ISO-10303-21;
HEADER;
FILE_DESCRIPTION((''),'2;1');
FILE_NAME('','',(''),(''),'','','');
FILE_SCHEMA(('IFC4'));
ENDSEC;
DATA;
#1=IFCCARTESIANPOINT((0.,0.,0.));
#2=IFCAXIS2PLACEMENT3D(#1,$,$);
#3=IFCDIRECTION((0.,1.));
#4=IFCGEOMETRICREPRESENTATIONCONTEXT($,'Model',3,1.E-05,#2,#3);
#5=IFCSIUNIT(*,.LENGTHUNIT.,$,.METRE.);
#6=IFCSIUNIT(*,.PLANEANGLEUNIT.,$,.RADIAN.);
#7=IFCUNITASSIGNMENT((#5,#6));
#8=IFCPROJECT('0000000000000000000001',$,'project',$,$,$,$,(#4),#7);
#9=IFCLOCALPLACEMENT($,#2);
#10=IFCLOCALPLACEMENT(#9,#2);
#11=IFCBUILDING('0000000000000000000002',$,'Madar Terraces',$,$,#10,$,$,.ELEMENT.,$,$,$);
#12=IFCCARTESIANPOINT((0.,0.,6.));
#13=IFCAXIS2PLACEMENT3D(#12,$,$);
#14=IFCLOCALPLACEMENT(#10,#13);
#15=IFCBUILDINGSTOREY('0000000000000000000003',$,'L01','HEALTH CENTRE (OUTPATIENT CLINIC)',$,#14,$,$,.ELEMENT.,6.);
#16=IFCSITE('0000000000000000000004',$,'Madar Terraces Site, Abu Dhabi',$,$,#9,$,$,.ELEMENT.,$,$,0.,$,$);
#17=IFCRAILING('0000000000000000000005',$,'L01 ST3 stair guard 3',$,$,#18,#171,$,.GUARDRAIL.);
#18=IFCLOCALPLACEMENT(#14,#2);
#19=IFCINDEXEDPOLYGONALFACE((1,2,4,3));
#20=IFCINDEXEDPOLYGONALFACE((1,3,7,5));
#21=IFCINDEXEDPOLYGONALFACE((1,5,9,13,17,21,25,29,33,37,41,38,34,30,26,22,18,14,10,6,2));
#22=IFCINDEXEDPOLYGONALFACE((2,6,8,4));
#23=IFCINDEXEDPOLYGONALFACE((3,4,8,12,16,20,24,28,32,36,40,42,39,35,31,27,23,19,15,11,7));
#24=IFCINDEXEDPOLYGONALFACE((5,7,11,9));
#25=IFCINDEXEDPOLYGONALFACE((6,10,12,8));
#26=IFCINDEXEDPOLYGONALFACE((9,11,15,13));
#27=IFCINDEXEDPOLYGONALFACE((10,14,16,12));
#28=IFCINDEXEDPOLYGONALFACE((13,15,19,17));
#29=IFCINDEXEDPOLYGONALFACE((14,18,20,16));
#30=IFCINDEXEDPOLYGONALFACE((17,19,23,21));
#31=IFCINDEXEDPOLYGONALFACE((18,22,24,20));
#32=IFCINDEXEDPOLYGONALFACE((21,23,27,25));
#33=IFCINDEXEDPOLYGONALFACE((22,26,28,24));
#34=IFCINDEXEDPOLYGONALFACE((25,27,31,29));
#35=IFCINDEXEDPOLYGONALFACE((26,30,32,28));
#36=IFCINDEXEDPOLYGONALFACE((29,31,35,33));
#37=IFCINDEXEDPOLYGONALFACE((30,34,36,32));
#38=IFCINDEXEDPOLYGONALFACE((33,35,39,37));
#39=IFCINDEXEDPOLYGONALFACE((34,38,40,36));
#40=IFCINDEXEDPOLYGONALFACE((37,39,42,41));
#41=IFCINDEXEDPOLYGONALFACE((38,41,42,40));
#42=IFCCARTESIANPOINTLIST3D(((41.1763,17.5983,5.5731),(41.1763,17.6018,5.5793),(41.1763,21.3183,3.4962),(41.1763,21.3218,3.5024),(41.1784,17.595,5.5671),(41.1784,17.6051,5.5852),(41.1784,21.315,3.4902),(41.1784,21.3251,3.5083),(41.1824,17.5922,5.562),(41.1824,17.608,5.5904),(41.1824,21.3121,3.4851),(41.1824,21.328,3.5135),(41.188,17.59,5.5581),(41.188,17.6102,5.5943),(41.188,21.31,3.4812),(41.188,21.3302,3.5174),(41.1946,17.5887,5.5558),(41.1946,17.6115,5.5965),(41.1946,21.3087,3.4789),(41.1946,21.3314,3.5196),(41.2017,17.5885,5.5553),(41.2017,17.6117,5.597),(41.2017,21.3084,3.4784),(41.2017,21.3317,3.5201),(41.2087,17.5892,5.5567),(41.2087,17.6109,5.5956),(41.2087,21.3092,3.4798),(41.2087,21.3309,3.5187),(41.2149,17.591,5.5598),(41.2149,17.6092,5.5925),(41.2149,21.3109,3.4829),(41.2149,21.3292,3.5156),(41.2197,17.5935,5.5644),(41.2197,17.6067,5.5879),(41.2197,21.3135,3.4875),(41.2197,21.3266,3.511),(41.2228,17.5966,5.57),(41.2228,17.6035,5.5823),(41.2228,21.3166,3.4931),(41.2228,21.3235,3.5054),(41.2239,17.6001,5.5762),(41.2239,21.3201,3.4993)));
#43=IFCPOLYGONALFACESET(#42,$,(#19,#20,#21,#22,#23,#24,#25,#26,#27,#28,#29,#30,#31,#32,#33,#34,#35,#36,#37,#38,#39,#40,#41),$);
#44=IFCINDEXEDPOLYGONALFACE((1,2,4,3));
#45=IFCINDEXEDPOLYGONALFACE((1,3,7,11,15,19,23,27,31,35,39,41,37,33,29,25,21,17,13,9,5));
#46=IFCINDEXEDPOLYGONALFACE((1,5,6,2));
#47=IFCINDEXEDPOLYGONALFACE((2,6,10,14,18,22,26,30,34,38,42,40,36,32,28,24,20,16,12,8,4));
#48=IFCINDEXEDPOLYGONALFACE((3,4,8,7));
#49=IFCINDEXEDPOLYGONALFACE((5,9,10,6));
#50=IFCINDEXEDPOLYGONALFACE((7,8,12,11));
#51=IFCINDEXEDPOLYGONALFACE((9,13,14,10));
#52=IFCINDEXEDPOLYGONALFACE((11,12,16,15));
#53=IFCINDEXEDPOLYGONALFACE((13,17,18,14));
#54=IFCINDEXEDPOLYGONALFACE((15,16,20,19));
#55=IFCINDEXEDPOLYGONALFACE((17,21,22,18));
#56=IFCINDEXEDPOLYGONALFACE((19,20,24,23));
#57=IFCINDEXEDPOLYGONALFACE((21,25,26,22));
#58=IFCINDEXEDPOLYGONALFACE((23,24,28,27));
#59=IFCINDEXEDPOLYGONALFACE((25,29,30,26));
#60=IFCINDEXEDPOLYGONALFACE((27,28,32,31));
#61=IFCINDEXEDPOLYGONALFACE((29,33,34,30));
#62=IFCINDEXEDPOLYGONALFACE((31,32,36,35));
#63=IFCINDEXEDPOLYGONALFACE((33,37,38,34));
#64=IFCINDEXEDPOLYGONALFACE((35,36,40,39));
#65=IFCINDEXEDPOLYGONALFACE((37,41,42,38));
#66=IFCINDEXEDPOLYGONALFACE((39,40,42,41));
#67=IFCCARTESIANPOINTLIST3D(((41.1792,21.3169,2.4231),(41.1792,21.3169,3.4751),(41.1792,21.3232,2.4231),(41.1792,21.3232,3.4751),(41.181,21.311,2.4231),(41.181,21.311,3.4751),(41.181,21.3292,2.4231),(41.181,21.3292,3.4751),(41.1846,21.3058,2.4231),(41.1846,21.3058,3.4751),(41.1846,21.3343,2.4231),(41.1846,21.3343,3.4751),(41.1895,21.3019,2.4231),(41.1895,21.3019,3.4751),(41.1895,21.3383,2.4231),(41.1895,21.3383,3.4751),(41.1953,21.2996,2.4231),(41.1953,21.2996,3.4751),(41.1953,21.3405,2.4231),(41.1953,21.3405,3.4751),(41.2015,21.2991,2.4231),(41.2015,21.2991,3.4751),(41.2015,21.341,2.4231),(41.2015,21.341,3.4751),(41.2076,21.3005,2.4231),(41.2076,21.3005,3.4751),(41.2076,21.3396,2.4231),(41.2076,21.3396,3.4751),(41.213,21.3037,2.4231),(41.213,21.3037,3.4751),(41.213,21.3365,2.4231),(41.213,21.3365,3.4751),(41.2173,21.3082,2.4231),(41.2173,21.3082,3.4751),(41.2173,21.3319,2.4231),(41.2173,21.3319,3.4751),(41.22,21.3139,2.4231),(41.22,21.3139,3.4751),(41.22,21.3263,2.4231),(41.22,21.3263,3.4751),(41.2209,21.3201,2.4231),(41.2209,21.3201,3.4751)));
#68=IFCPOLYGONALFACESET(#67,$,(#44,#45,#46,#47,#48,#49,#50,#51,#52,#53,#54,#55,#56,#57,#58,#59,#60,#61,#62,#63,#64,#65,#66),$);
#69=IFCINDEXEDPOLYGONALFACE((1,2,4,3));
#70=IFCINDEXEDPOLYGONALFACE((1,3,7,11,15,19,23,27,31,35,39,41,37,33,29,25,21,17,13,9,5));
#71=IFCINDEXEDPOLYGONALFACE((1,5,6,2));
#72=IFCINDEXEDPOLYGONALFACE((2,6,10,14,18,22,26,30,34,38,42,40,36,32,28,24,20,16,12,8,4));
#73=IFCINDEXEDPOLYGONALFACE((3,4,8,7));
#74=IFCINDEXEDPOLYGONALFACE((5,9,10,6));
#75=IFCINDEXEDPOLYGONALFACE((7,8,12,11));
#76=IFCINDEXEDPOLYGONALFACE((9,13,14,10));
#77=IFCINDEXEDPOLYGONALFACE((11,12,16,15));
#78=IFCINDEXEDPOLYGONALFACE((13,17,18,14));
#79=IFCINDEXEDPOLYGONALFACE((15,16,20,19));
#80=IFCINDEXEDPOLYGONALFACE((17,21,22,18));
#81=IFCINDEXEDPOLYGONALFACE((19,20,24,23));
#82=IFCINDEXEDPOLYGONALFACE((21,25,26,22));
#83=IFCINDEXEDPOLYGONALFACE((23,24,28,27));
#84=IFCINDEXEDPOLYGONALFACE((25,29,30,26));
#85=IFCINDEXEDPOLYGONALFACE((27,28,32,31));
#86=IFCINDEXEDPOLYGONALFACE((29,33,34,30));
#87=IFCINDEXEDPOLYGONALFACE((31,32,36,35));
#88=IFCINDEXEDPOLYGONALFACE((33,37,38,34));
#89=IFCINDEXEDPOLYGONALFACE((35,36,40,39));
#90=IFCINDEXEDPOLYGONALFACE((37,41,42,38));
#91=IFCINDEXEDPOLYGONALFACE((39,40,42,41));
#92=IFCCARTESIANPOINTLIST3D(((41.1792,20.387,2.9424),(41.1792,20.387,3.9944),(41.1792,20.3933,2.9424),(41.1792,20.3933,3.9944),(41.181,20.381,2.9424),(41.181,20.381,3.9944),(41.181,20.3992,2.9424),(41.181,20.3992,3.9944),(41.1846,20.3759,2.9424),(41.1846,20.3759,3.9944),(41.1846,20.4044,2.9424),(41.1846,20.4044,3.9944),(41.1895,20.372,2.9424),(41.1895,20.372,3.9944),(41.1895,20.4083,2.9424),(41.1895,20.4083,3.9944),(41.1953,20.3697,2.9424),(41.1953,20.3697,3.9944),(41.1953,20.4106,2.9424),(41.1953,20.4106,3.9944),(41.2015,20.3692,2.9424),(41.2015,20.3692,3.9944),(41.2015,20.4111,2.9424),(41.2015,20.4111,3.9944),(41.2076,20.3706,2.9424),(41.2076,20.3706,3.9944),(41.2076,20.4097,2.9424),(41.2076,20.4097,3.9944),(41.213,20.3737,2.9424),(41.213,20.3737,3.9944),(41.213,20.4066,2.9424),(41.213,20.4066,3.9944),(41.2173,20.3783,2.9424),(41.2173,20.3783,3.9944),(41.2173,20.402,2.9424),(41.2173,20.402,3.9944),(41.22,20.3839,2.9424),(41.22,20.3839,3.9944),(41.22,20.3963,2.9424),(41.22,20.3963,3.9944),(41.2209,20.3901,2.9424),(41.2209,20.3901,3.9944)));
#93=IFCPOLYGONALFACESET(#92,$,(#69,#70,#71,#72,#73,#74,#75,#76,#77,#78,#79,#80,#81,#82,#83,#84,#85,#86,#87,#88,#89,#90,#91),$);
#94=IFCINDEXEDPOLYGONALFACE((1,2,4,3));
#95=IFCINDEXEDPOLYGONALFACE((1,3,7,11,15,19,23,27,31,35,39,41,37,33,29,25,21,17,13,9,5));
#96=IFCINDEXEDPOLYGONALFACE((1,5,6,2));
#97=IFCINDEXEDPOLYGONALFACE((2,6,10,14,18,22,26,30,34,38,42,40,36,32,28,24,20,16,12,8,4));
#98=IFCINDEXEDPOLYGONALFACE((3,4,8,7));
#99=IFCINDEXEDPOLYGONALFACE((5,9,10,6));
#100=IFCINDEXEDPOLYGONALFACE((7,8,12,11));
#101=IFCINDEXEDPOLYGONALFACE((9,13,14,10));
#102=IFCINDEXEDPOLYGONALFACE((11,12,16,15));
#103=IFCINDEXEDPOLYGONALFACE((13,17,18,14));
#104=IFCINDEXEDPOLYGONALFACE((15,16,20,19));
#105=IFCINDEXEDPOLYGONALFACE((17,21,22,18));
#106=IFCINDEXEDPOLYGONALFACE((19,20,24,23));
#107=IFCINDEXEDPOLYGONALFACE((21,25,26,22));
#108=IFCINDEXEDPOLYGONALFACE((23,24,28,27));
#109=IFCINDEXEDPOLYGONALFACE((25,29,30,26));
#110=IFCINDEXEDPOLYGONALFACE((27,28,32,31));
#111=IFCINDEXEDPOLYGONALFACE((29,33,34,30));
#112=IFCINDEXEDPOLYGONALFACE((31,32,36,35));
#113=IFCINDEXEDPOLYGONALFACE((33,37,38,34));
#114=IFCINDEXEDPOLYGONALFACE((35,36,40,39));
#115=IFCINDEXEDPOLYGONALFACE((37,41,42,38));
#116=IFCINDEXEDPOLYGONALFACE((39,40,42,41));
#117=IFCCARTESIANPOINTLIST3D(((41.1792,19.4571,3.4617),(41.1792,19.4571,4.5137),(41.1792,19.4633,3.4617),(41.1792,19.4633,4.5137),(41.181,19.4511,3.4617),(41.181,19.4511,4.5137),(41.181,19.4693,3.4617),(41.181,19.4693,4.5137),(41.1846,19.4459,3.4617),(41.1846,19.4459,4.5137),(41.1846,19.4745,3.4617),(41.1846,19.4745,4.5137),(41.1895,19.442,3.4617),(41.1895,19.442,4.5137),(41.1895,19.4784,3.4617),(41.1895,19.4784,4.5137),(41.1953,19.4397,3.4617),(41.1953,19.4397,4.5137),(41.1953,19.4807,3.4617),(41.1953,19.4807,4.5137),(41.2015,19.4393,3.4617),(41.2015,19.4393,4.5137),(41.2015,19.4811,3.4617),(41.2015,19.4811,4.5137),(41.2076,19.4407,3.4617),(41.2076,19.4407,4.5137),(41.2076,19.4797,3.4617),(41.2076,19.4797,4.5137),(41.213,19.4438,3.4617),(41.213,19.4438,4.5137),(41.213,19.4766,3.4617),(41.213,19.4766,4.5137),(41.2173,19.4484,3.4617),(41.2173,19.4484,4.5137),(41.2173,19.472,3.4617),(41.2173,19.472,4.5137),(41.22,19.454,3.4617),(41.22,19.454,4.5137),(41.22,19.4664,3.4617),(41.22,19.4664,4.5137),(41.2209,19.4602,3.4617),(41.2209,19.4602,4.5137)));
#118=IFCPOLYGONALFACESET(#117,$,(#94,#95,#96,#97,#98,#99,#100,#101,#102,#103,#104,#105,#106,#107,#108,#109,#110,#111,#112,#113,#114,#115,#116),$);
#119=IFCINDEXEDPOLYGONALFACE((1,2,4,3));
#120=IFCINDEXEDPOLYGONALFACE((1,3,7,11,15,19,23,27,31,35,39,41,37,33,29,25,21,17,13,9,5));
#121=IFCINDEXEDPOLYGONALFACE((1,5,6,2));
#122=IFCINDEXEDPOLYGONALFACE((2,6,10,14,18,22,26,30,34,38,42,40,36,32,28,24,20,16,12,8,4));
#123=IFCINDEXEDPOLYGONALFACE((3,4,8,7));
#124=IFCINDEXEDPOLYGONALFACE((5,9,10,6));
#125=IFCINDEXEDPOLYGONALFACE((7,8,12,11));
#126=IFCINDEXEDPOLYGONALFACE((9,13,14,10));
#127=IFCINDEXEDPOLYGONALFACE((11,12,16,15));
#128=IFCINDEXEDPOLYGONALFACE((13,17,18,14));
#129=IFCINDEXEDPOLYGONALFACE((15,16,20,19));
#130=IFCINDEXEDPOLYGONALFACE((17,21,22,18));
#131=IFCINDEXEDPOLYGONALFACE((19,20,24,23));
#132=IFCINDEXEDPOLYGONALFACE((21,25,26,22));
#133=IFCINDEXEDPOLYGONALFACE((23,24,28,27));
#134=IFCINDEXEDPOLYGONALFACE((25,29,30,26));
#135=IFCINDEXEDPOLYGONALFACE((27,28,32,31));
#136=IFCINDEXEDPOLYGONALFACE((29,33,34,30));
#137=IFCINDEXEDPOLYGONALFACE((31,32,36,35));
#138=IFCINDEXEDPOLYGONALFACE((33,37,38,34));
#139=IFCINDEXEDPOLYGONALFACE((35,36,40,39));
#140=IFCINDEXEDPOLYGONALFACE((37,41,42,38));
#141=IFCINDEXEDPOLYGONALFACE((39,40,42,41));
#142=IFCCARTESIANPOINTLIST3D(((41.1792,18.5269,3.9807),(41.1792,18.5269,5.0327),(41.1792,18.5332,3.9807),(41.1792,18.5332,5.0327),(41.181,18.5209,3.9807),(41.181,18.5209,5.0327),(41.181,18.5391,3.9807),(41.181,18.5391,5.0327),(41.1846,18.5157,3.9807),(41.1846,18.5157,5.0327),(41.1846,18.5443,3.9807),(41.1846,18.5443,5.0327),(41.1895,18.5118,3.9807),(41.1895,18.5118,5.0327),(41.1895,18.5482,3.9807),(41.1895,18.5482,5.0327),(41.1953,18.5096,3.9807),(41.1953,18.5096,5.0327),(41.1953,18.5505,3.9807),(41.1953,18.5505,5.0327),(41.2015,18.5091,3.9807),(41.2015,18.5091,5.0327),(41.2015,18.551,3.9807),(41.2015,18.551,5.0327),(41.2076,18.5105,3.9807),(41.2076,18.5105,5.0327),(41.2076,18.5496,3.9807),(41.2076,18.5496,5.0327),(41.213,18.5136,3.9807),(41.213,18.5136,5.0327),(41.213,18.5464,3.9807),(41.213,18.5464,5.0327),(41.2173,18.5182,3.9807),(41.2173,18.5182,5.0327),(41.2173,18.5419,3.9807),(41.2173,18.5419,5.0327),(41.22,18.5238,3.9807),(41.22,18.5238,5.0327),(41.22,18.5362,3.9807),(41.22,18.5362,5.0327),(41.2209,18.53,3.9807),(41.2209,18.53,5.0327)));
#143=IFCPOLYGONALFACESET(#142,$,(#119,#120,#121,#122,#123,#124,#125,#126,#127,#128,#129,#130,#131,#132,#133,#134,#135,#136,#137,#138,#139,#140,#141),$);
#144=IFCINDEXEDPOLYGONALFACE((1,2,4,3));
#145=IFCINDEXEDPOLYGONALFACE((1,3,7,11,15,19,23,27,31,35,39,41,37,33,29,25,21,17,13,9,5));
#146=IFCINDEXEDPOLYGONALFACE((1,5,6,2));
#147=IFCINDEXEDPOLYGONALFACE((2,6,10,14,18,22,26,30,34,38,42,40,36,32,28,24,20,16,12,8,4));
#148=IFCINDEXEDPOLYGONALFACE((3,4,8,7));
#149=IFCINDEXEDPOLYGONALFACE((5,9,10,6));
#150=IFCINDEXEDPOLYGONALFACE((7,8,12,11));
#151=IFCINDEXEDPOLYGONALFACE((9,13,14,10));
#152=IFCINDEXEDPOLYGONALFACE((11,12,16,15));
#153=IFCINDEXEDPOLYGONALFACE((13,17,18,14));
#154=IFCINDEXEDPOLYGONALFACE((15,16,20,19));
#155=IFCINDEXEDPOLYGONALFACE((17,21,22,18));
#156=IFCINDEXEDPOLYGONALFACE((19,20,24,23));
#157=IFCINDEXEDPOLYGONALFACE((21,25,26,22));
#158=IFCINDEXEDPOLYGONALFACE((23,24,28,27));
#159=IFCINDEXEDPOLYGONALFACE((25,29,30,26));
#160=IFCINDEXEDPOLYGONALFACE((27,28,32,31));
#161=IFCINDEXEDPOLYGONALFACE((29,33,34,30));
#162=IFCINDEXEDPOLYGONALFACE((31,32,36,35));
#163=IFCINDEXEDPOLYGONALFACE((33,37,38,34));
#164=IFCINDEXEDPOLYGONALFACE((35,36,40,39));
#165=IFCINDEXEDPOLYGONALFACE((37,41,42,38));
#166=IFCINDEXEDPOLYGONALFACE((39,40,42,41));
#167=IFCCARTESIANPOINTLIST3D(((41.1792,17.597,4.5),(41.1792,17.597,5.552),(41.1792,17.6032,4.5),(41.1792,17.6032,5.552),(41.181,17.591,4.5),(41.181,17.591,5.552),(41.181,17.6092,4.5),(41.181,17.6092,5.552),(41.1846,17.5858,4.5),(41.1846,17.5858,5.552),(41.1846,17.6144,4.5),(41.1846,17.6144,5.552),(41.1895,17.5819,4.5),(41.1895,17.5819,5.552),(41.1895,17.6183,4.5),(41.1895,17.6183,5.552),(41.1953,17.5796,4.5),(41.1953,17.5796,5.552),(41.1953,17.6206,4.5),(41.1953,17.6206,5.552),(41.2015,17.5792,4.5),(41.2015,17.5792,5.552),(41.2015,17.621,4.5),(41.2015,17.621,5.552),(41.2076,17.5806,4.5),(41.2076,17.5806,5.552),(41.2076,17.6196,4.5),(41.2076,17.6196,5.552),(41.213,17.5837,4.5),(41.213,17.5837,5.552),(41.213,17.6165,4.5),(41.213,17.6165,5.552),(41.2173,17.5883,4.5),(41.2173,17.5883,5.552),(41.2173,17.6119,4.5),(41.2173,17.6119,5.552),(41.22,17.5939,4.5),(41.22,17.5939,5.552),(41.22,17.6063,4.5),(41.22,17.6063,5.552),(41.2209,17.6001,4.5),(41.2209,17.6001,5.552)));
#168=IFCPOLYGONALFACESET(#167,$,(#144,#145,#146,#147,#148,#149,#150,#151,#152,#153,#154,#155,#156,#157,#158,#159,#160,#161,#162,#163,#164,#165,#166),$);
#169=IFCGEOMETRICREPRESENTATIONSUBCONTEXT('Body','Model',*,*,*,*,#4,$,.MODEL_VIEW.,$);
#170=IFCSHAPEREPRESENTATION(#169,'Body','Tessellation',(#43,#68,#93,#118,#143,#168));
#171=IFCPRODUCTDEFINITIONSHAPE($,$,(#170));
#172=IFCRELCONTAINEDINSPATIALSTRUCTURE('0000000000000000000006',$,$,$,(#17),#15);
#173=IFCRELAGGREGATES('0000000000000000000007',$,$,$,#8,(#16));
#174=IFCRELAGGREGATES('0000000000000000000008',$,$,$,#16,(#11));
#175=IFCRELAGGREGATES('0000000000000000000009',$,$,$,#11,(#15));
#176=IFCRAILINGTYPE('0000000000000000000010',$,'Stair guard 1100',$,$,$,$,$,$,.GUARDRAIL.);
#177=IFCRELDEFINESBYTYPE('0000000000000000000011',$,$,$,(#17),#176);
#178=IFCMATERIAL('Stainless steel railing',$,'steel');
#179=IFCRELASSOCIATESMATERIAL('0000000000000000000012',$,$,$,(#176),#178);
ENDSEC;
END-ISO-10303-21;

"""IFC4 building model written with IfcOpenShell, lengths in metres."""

from ifc_helpers import new_model, si_unit, direction, frame, origin, origin_2d, place, context, subcontext, project, spatial, circle, extrude, material, type_object, element, save


model = new_model("IFC4")

# Units and contexts
model_context = context("Model", 3, precision=1e-05, world=origin(), true_north=direction((0.0, 1.0)))
body_context = subcontext(model_context, "Body", "Model", "MODEL_VIEW")
ifc_project = project(units=[si_unit("LENGTHUNIT", "METRE"), si_unit("PLANEANGLEUNIT", "RADIAN")], contexts=[model_context])

# Site, building, storey
site_placement = place(None, origin())
site = spatial("IfcSite", under=ifc_project, at=site_placement, Name="Madar Terraces Site, Abu Dhabi", CompositionType="ELEMENT", RefElevation=0.0)
building_placement = place(site_placement, origin())
building = spatial("IfcBuilding", under=site, at=building_placement, Name="Madar Terraces", CompositionType="ELEMENT")
storey_placement = place(building_placement, frame((0.0, 0.0, 6.0)))
storey = spatial("IfcBuildingStorey", under=building, at=storey_placement, Name="L01", Description="HEALTH CENTRE (OUTPATIENT CLINIC)", CompositionType="ELEMENT", Elevation=6.0)

# Railing
ifc_material_1 = material(Name="Stainless steel railing", Category="steel")
railing_type_1 = type_object("IfcRailingType", Name="Stair guard 1100", PredefinedType="GUARDRAIL", material=ifc_material_1)
railing_1_placement = place(storey_placement, frame((41.2, 21.3201, 2.4231)))
element("IfcRailing", 1, at=railing_1_placement, inside=storey, type_object=railing_type_1, Name="L01 ST3 stair guard 3", PredefinedType="GUARDRAIL", context=body_context, shape_type="SweptSolid", body=[
    extrude(circle(Radius=0.0239, at=origin_2d()), frame((0.0, 0.0, 1.0762), z_axis=(0.0, -0.873134, 0.487481), x_axis=(1.0, 0.0, 0.0)), (0.0, 0.0, 1.0), 4.2605),
    extrude(circle(Radius=0.021, at=origin_2d()), origin(), (0.0, 0.0, 1.0), 1.052),
    extrude(circle(Radius=0.021, at=origin_2d()), frame((0.0, -0.9299, 0.5193)), (0.0, 0.0, 1.0), 1.052),
    extrude(circle(Radius=0.021, at=origin_2d()), frame((0.0, -1.8599, 1.0386)), (0.0, 0.0, 1.0), 1.052),
    extrude(circle(Radius=0.021, at=origin_2d()), frame((0.0, -2.79, 1.5576)), (0.0, 0.0, 1.0), 1.052),
    extrude(circle(Radius=0.021, at=origin_2d()), frame((0.0, -3.72, 2.0769)), (0.0, 0.0, 1.0), 1.052),
])

save(model, "model.ifc")
